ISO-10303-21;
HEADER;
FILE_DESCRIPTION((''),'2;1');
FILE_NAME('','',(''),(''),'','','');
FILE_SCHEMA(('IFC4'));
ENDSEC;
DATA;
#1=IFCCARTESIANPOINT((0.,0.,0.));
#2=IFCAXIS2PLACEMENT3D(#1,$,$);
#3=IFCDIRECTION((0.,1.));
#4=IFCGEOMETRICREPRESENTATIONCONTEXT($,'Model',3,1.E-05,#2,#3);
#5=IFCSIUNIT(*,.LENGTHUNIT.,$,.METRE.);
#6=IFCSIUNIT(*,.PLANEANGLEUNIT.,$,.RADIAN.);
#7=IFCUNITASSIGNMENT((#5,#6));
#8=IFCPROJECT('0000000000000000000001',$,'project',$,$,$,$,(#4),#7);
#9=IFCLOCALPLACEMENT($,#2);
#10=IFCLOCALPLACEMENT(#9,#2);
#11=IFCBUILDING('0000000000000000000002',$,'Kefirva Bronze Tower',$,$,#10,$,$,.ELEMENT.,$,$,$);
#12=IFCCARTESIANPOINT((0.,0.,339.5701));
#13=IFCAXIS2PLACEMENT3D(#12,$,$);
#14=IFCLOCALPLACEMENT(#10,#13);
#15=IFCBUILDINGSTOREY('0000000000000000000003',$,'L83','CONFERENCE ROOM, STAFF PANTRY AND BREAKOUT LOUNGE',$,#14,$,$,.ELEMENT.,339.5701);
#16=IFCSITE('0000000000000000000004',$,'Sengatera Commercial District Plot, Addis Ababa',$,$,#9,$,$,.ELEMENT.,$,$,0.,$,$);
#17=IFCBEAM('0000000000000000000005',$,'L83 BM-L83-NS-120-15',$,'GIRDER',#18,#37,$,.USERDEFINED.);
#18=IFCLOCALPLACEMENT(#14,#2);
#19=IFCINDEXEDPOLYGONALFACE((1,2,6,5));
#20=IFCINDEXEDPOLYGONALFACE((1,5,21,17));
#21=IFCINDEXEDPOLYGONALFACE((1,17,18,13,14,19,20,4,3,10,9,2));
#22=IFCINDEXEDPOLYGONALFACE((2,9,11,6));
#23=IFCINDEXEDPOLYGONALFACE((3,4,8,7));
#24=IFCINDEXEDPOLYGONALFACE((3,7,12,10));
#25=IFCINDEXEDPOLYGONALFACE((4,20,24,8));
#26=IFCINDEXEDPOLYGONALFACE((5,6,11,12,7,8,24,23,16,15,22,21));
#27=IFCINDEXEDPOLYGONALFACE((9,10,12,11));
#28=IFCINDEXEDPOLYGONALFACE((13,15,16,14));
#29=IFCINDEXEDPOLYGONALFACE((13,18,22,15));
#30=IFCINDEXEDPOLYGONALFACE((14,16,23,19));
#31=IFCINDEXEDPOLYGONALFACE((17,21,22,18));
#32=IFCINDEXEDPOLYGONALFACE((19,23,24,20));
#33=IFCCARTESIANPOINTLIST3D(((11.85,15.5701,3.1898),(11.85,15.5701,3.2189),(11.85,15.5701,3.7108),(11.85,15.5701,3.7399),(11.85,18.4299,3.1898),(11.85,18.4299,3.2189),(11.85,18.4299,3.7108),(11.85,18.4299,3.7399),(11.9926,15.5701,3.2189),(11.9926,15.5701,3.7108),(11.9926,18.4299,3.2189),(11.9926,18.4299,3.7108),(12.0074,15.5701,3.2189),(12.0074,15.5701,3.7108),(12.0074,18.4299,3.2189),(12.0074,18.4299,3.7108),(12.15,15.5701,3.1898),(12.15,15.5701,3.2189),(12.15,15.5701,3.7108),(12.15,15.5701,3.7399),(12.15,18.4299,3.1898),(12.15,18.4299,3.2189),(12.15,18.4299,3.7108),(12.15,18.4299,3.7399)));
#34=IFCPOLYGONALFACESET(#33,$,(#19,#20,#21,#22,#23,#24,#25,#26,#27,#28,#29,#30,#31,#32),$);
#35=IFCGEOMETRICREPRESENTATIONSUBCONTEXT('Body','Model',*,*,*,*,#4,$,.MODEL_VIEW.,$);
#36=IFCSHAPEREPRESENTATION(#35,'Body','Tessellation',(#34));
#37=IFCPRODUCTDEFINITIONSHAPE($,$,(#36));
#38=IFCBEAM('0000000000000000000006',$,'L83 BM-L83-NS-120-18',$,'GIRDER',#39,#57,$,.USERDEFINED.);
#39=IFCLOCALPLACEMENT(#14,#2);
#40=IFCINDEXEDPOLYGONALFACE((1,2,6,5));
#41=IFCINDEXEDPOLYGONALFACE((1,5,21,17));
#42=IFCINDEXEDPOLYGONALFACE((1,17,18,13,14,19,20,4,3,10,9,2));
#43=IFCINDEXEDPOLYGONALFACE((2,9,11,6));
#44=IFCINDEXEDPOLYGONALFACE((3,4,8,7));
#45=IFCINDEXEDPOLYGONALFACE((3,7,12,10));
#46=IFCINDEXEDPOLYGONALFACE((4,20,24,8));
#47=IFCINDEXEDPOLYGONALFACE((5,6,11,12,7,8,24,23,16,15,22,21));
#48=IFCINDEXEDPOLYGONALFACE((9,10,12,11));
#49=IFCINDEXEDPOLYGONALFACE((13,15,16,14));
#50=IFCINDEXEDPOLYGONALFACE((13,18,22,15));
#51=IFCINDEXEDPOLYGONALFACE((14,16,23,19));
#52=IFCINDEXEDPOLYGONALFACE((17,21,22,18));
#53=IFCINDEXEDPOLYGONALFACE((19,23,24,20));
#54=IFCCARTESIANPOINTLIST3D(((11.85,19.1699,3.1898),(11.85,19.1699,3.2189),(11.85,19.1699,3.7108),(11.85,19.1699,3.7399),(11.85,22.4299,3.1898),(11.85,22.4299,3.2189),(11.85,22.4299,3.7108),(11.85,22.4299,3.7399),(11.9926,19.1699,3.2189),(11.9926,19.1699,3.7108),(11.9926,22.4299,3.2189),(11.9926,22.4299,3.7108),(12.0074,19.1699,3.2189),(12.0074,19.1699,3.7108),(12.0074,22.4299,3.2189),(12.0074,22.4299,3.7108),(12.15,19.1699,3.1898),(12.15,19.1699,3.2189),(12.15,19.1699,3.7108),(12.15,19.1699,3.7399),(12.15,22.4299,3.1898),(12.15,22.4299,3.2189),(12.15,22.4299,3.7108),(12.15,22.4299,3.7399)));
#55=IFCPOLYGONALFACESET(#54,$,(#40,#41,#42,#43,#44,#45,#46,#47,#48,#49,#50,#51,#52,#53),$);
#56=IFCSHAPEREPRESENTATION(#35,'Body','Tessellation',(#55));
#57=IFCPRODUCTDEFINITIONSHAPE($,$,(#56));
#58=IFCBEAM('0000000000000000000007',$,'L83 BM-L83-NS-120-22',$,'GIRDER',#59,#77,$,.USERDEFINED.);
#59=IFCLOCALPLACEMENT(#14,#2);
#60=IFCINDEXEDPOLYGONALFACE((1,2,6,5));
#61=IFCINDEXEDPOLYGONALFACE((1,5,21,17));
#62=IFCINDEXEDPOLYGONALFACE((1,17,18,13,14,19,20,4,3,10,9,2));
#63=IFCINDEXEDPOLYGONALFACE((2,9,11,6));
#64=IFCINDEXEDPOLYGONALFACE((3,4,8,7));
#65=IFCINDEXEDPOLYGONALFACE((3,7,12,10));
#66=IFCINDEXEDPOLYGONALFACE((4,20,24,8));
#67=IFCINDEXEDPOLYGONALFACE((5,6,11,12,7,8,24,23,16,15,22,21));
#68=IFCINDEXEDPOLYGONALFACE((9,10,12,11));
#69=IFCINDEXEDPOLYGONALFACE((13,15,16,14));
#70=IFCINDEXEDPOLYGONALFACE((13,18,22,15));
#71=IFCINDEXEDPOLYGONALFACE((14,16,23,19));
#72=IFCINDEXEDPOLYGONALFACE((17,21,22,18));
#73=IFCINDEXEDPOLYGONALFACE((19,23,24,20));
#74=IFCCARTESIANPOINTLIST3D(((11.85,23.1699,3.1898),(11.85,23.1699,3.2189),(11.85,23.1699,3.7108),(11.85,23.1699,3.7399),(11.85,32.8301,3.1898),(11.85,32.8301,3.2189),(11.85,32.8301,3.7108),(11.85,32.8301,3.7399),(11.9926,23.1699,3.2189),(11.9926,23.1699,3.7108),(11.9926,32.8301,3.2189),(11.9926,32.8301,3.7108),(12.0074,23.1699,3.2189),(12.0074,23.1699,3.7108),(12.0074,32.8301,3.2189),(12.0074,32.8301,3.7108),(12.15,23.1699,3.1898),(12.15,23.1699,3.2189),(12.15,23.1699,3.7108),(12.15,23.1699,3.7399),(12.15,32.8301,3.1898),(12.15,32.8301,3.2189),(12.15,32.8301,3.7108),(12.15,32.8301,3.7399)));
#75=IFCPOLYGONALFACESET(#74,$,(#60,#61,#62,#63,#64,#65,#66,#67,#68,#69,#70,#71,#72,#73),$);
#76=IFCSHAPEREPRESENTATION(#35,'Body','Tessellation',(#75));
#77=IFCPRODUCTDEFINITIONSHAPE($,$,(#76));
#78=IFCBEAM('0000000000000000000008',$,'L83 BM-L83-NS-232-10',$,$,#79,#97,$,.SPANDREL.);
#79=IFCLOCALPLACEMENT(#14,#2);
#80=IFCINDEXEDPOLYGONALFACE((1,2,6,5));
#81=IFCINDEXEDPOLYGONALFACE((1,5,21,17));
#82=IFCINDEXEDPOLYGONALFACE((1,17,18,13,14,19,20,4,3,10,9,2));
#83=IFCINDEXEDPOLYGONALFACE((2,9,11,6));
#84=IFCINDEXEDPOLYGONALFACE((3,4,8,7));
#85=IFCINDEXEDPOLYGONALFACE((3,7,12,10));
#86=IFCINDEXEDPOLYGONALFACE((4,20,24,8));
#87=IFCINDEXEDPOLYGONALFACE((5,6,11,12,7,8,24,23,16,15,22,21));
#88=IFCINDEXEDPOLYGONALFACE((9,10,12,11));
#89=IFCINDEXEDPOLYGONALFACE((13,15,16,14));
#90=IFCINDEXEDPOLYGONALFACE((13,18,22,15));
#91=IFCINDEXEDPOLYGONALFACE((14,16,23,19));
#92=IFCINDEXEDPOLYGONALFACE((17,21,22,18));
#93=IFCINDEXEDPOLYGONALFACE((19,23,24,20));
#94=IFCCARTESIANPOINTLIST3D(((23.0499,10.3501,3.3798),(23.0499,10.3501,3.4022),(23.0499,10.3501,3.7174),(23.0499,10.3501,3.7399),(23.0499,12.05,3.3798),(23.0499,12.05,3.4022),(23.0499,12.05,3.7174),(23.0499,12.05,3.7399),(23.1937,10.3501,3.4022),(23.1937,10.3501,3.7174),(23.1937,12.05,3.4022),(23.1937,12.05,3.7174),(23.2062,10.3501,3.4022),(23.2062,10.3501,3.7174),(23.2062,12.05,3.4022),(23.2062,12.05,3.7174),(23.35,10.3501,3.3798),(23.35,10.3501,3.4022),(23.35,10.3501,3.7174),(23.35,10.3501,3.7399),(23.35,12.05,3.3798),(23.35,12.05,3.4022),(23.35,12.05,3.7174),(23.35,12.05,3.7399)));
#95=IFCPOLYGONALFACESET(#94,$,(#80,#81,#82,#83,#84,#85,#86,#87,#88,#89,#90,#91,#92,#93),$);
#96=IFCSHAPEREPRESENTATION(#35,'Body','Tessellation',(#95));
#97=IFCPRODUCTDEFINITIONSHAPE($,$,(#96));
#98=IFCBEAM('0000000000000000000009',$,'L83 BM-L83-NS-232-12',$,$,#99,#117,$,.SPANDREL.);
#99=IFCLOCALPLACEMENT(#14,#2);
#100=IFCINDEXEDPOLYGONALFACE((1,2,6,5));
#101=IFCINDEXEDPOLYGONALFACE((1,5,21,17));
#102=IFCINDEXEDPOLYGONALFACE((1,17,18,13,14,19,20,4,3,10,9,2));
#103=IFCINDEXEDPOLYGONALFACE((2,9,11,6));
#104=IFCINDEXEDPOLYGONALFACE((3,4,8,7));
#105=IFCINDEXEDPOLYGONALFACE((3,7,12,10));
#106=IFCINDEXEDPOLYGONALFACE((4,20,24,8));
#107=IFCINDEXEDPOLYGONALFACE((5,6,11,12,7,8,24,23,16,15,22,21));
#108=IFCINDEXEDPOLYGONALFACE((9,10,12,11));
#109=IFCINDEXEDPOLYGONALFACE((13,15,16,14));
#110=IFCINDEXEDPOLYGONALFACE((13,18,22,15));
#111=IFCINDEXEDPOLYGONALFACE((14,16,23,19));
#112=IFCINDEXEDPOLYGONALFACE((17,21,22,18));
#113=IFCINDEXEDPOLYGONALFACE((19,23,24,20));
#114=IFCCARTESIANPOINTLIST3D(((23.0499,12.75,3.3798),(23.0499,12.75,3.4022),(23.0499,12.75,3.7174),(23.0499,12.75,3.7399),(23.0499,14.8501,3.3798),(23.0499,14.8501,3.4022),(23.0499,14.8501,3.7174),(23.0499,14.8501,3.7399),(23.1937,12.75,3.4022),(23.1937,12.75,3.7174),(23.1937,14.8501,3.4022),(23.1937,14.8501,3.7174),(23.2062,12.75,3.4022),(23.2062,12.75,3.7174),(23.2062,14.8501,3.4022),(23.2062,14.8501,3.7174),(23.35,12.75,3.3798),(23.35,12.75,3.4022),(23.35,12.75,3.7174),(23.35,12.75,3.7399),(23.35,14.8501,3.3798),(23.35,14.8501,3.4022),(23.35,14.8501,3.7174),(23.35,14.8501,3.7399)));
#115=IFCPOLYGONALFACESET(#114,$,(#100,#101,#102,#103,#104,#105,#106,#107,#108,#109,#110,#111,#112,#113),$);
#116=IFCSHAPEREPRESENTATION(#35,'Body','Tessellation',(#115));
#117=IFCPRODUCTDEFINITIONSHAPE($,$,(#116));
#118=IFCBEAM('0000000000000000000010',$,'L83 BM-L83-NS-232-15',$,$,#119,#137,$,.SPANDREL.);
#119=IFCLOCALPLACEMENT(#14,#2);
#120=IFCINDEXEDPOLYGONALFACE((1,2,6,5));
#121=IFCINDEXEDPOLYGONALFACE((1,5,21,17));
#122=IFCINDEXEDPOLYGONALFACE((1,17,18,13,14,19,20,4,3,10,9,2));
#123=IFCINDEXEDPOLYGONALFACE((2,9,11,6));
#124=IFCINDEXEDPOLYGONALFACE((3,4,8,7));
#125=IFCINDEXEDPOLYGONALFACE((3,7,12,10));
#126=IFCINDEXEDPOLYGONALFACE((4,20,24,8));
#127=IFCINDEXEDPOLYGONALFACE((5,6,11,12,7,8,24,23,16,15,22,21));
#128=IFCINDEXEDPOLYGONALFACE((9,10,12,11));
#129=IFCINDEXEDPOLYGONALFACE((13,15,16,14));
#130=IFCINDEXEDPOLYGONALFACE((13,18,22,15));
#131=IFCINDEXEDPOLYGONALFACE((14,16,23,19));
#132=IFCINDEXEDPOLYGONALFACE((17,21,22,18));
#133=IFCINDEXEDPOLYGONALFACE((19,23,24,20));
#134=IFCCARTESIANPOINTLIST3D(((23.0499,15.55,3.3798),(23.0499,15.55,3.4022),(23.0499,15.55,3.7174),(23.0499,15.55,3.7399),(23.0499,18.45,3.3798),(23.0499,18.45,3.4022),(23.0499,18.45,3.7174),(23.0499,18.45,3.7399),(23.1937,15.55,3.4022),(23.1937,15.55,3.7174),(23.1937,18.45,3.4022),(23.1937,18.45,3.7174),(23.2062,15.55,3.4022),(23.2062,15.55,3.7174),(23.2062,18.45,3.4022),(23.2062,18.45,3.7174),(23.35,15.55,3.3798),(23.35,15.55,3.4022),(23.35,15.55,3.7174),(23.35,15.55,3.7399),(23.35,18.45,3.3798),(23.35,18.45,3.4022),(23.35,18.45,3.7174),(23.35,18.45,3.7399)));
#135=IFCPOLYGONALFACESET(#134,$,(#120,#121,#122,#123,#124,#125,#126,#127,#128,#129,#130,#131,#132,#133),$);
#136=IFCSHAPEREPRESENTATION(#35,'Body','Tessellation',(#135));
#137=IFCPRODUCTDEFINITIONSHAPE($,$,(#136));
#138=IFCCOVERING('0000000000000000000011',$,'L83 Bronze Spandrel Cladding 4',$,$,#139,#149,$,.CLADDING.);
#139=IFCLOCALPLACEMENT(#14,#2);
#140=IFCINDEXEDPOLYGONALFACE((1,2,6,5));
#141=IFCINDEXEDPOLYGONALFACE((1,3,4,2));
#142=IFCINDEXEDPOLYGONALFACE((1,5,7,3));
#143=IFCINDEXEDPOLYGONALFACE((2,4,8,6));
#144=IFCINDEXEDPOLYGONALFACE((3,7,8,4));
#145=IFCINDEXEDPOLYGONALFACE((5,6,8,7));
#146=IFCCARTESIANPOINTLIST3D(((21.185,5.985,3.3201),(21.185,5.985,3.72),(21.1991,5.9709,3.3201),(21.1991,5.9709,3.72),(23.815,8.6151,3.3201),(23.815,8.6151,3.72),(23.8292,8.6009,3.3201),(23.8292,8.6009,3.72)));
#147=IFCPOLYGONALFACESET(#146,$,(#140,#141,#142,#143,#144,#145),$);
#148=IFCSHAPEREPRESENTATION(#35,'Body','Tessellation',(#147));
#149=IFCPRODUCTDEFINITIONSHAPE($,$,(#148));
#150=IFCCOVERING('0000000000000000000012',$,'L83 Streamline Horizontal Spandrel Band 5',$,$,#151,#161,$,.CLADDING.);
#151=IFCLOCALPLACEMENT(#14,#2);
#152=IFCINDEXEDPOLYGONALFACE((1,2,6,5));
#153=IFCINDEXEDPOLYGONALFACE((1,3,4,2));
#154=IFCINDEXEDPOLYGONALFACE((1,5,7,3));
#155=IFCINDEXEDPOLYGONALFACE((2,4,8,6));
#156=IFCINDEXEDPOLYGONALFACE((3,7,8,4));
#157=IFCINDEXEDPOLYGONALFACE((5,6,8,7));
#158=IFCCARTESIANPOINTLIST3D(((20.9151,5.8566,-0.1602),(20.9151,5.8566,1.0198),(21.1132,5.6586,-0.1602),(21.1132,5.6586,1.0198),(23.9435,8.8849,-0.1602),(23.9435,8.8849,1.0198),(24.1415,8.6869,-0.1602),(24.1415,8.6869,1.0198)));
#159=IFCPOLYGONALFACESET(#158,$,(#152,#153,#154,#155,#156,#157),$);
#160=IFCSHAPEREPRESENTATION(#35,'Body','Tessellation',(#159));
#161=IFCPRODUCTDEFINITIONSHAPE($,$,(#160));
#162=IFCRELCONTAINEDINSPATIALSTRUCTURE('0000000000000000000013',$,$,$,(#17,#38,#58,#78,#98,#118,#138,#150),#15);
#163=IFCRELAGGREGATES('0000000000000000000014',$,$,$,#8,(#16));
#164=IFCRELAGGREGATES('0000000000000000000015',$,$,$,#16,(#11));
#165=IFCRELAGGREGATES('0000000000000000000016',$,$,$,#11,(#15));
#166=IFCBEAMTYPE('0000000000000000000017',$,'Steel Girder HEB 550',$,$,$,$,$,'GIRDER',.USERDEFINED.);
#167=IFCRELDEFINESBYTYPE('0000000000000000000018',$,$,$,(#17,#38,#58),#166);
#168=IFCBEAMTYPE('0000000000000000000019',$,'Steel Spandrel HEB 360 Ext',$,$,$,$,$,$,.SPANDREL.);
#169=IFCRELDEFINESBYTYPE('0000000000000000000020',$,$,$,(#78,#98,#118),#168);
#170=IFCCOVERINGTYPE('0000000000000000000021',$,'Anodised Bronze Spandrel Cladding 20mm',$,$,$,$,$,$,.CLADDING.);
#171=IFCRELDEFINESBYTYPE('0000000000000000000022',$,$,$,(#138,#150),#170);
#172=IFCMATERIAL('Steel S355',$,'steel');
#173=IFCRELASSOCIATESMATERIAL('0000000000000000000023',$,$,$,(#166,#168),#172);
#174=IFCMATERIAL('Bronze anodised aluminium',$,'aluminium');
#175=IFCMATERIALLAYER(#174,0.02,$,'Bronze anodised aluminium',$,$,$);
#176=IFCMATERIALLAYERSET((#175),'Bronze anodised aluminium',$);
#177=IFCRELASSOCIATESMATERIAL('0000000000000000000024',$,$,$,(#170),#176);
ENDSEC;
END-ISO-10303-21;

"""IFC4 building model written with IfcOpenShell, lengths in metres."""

from ifc_helpers import new_model, si_unit, direction, frame, origin, origin_2d, place, context, subcontext, project, spatial, rectangle, i_section, extrude, material, layer, layer_set, material_profile, profile_set, type_object, element, save


model = new_model("IFC4")

# Units and contexts
model_context = context("Model", 3, precision=1e-05, world=origin(), true_north=direction((0.0, 1.0)))
body_context = subcontext(model_context, "Body", "Model", "MODEL_VIEW")
ifc_project = project(units=[si_unit("LENGTHUNIT", "METRE"), si_unit("PLANEANGLEUNIT", "RADIAN")], contexts=[model_context])

# Site, building, storey
site_placement = place(None, origin())
site = spatial("IfcSite", under=ifc_project, at=site_placement, Name="Sengatera Commercial District Plot, Addis Ababa", CompositionType="ELEMENT", RefElevation=0.0)
building_placement = place(site_placement, origin())
building = spatial("IfcBuilding", under=site, at=building_placement, Name="Kefirva Bronze Tower", CompositionType="ELEMENT")
storey_placement = place(building_placement, frame((0.0, 0.0, 339.5701)))
storey = spatial("IfcBuildingStorey", under=building, at=storey_placement, Name="L83", Description="CONFERENCE ROOM, STAFF PANTRY AND BREAKOUT LOUNGE", CompositionType="ELEMENT", Elevation=339.5701)

# Beams
ifc_material_1 = material(Name="Steel S355", Category="steel")
ifc_material_profile_1 = material_profile(ifc_material_1, i_section(OverallWidth=0.3, OverallDepth=0.55, WebThickness=0.0149, FlangeThickness=0.0291, at=origin_2d()), Name="HEB 550")
ifc_profile_set_1 = profile_set([ifc_material_profile_1], Name="Steel S355")
beam_type_1 = type_object("IfcBeamType", Name="Steel Girder HEB 550", ElementType="GIRDER", PredefinedType="USERDEFINED", material=ifc_profile_set_1)
beam_1_placement = place(storey_placement, frame((12.0, 15.5701, 3.4648), z_axis=(0.0, 1.0, 0.0), x_axis=(-1.0, 0.0, 0.0)))
element("IfcBeam", 1, at=beam_1_placement, inside=storey, type_object=beam_type_1, Name="L83 BM-L83-NS-120-15", ObjectType="GIRDER", PredefinedType="USERDEFINED", context=body_context, shape_type="SweptSolid", body=[
    extrude(i_section(OverallWidth=0.3, OverallDepth=0.55, WebThickness=0.0149, FlangeThickness=0.0291, at=origin_2d()), origin(), (0.0, 0.0, 1.0), 2.8599),
])
beam_2_placement = place(storey_placement, frame((12.0, 19.1699, 3.4648), z_axis=(0.0, 1.0, 0.0), x_axis=(-1.0, 0.0, 0.0)))
element("IfcBeam", 2, at=beam_2_placement, inside=storey, type_object=beam_type_1, Name="L83 BM-L83-NS-120-18", ObjectType="GIRDER", PredefinedType="USERDEFINED", context=body_context, shape_type="SweptSolid", body=[
    extrude(i_section(OverallWidth=0.3, OverallDepth=0.55, WebThickness=0.0149, FlangeThickness=0.0291, at=origin_2d()), origin(), (0.0, 0.0, 1.0), 3.26),
])
beam_3_placement = place(storey_placement, frame((12.0, 23.1699, 3.4648), z_axis=(0.0, 1.0, 0.0), x_axis=(-1.0, 0.0, 0.0)))
element("IfcBeam", 3, at=beam_3_placement, inside=storey, type_object=beam_type_1, Name="L83 BM-L83-NS-120-22", ObjectType="GIRDER", PredefinedType="USERDEFINED", context=body_context, shape_type="SweptSolid", body=[
    extrude(i_section(OverallWidth=0.3, OverallDepth=0.55, WebThickness=0.0149, FlangeThickness=0.0291, at=origin_2d()), origin(), (0.0, 0.0, 1.0), 9.6602),
])
ifc_material_profile_2 = material_profile(ifc_material_1, i_section(OverallWidth=0.3, OverallDepth=0.3601, WebThickness=0.0125, FlangeThickness=0.0225, at=origin_2d()), Name="HEB 360")
ifc_profile_set_2 = profile_set([ifc_material_profile_2], Name="Steel S355")
beam_type_2 = type_object("IfcBeamType", Name="Steel Spandrel HEB 360 Ext", PredefinedType="SPANDREL", material=ifc_profile_set_2)
beam_4_placement = place(storey_placement, frame((23.2, 10.3501, 3.5598), z_axis=(0.0, 1.0, 0.0), x_axis=(-1.0, 0.0, 0.0)))
element("IfcBeam", 4, at=beam_4_placement, inside=storey, type_object=beam_type_2, Name="L83 BM-L83-NS-232-10", PredefinedType="SPANDREL", context=body_context, shape_type="SweptSolid", body=[
    extrude(i_section(OverallWidth=0.3, OverallDepth=0.3601, WebThickness=0.0125, FlangeThickness=0.0225, at=origin_2d()), origin(), (0.0, 0.0, 1.0), 1.7),
])
beam_5_placement = place(storey_placement, frame((23.2, 12.75, 3.5598), z_axis=(0.0, 1.0, 0.0), x_axis=(-1.0, 0.0, 0.0)))
element("IfcBeam", 5, at=beam_5_placement, inside=storey, type_object=beam_type_2, Name="L83 BM-L83-NS-232-12", PredefinedType="SPANDREL", context=body_context, shape_type="SweptSolid", body=[
    extrude(i_section(OverallWidth=0.3, OverallDepth=0.3601, WebThickness=0.0125, FlangeThickness=0.0225, at=origin_2d()), origin(), (0.0, 0.0, 1.0), 2.1001),
])
beam_6_placement = place(storey_placement, frame((23.2, 15.55, 3.5598), z_axis=(0.0, 1.0, 0.0), x_axis=(-1.0, 0.0, 0.0)))
element("IfcBeam", 6, at=beam_6_placement, inside=storey, type_object=beam_type_2, Name="L83 BM-L83-NS-232-15", PredefinedType="SPANDREL", context=body_context, shape_type="SweptSolid", body=[
    extrude(i_section(OverallWidth=0.3, OverallDepth=0.3601, WebThickness=0.0125, FlangeThickness=0.0225, at=origin_2d()), origin(), (0.0, 0.0, 1.0), 2.8999),
])

# Coverings
ifc_material_2 = material(Name="Bronze anodised aluminium", Category="aluminium")
ifc_layer = layer(ifc_material_2, 0.02, Name="Bronze anodised aluminium")
ifc_layer_set = layer_set([ifc_layer], Name="Bronze anodised aluminium")
covering_type = type_object("IfcCoveringType", Name="Anodised Bronze Spandrel Cladding 20mm", PredefinedType="CLADDING", material=ifc_layer_set)
covering_1_placement = place(storey_placement, frame((22.5071, 7.293, 3.3201), z_axis=(0.0, 0.0, 1.0), x_axis=(0.707107, 0.707107, 0.0)))
element("IfcCovering", 7, at=covering_1_placement, inside=storey, type_object=covering_type, Name="L83 Bronze Spandrel Cladding 4", PredefinedType="CLADDING", context=body_context, shape_type="SweptSolid", body=[
    extrude(rectangle(XDim=3.7195, YDim=0.02, at=origin_2d()), origin(), (0.0, 0.0, 1.0), 0.3999),
])
covering_2_placement = place(storey_placement, frame((22.5283, 7.2717, -0.1602), z_axis=(0.0, 0.0, 1.0), x_axis=(0.707107, 0.707107, 0.0)))
element("IfcCovering", 8, at=covering_2_placement, inside=storey, type_object=covering_type, Name="L83 Streamline Horizontal Spandrel Band 5", PredefinedType="CLADDING", context=body_context, shape_type="SweptSolid", body=[
    extrude(rectangle(XDim=4.2827, YDim=0.28, at=origin_2d()), origin(), (0.0, 0.0, 1.0), 1.1799),
])

save(model, "model.ifc")
